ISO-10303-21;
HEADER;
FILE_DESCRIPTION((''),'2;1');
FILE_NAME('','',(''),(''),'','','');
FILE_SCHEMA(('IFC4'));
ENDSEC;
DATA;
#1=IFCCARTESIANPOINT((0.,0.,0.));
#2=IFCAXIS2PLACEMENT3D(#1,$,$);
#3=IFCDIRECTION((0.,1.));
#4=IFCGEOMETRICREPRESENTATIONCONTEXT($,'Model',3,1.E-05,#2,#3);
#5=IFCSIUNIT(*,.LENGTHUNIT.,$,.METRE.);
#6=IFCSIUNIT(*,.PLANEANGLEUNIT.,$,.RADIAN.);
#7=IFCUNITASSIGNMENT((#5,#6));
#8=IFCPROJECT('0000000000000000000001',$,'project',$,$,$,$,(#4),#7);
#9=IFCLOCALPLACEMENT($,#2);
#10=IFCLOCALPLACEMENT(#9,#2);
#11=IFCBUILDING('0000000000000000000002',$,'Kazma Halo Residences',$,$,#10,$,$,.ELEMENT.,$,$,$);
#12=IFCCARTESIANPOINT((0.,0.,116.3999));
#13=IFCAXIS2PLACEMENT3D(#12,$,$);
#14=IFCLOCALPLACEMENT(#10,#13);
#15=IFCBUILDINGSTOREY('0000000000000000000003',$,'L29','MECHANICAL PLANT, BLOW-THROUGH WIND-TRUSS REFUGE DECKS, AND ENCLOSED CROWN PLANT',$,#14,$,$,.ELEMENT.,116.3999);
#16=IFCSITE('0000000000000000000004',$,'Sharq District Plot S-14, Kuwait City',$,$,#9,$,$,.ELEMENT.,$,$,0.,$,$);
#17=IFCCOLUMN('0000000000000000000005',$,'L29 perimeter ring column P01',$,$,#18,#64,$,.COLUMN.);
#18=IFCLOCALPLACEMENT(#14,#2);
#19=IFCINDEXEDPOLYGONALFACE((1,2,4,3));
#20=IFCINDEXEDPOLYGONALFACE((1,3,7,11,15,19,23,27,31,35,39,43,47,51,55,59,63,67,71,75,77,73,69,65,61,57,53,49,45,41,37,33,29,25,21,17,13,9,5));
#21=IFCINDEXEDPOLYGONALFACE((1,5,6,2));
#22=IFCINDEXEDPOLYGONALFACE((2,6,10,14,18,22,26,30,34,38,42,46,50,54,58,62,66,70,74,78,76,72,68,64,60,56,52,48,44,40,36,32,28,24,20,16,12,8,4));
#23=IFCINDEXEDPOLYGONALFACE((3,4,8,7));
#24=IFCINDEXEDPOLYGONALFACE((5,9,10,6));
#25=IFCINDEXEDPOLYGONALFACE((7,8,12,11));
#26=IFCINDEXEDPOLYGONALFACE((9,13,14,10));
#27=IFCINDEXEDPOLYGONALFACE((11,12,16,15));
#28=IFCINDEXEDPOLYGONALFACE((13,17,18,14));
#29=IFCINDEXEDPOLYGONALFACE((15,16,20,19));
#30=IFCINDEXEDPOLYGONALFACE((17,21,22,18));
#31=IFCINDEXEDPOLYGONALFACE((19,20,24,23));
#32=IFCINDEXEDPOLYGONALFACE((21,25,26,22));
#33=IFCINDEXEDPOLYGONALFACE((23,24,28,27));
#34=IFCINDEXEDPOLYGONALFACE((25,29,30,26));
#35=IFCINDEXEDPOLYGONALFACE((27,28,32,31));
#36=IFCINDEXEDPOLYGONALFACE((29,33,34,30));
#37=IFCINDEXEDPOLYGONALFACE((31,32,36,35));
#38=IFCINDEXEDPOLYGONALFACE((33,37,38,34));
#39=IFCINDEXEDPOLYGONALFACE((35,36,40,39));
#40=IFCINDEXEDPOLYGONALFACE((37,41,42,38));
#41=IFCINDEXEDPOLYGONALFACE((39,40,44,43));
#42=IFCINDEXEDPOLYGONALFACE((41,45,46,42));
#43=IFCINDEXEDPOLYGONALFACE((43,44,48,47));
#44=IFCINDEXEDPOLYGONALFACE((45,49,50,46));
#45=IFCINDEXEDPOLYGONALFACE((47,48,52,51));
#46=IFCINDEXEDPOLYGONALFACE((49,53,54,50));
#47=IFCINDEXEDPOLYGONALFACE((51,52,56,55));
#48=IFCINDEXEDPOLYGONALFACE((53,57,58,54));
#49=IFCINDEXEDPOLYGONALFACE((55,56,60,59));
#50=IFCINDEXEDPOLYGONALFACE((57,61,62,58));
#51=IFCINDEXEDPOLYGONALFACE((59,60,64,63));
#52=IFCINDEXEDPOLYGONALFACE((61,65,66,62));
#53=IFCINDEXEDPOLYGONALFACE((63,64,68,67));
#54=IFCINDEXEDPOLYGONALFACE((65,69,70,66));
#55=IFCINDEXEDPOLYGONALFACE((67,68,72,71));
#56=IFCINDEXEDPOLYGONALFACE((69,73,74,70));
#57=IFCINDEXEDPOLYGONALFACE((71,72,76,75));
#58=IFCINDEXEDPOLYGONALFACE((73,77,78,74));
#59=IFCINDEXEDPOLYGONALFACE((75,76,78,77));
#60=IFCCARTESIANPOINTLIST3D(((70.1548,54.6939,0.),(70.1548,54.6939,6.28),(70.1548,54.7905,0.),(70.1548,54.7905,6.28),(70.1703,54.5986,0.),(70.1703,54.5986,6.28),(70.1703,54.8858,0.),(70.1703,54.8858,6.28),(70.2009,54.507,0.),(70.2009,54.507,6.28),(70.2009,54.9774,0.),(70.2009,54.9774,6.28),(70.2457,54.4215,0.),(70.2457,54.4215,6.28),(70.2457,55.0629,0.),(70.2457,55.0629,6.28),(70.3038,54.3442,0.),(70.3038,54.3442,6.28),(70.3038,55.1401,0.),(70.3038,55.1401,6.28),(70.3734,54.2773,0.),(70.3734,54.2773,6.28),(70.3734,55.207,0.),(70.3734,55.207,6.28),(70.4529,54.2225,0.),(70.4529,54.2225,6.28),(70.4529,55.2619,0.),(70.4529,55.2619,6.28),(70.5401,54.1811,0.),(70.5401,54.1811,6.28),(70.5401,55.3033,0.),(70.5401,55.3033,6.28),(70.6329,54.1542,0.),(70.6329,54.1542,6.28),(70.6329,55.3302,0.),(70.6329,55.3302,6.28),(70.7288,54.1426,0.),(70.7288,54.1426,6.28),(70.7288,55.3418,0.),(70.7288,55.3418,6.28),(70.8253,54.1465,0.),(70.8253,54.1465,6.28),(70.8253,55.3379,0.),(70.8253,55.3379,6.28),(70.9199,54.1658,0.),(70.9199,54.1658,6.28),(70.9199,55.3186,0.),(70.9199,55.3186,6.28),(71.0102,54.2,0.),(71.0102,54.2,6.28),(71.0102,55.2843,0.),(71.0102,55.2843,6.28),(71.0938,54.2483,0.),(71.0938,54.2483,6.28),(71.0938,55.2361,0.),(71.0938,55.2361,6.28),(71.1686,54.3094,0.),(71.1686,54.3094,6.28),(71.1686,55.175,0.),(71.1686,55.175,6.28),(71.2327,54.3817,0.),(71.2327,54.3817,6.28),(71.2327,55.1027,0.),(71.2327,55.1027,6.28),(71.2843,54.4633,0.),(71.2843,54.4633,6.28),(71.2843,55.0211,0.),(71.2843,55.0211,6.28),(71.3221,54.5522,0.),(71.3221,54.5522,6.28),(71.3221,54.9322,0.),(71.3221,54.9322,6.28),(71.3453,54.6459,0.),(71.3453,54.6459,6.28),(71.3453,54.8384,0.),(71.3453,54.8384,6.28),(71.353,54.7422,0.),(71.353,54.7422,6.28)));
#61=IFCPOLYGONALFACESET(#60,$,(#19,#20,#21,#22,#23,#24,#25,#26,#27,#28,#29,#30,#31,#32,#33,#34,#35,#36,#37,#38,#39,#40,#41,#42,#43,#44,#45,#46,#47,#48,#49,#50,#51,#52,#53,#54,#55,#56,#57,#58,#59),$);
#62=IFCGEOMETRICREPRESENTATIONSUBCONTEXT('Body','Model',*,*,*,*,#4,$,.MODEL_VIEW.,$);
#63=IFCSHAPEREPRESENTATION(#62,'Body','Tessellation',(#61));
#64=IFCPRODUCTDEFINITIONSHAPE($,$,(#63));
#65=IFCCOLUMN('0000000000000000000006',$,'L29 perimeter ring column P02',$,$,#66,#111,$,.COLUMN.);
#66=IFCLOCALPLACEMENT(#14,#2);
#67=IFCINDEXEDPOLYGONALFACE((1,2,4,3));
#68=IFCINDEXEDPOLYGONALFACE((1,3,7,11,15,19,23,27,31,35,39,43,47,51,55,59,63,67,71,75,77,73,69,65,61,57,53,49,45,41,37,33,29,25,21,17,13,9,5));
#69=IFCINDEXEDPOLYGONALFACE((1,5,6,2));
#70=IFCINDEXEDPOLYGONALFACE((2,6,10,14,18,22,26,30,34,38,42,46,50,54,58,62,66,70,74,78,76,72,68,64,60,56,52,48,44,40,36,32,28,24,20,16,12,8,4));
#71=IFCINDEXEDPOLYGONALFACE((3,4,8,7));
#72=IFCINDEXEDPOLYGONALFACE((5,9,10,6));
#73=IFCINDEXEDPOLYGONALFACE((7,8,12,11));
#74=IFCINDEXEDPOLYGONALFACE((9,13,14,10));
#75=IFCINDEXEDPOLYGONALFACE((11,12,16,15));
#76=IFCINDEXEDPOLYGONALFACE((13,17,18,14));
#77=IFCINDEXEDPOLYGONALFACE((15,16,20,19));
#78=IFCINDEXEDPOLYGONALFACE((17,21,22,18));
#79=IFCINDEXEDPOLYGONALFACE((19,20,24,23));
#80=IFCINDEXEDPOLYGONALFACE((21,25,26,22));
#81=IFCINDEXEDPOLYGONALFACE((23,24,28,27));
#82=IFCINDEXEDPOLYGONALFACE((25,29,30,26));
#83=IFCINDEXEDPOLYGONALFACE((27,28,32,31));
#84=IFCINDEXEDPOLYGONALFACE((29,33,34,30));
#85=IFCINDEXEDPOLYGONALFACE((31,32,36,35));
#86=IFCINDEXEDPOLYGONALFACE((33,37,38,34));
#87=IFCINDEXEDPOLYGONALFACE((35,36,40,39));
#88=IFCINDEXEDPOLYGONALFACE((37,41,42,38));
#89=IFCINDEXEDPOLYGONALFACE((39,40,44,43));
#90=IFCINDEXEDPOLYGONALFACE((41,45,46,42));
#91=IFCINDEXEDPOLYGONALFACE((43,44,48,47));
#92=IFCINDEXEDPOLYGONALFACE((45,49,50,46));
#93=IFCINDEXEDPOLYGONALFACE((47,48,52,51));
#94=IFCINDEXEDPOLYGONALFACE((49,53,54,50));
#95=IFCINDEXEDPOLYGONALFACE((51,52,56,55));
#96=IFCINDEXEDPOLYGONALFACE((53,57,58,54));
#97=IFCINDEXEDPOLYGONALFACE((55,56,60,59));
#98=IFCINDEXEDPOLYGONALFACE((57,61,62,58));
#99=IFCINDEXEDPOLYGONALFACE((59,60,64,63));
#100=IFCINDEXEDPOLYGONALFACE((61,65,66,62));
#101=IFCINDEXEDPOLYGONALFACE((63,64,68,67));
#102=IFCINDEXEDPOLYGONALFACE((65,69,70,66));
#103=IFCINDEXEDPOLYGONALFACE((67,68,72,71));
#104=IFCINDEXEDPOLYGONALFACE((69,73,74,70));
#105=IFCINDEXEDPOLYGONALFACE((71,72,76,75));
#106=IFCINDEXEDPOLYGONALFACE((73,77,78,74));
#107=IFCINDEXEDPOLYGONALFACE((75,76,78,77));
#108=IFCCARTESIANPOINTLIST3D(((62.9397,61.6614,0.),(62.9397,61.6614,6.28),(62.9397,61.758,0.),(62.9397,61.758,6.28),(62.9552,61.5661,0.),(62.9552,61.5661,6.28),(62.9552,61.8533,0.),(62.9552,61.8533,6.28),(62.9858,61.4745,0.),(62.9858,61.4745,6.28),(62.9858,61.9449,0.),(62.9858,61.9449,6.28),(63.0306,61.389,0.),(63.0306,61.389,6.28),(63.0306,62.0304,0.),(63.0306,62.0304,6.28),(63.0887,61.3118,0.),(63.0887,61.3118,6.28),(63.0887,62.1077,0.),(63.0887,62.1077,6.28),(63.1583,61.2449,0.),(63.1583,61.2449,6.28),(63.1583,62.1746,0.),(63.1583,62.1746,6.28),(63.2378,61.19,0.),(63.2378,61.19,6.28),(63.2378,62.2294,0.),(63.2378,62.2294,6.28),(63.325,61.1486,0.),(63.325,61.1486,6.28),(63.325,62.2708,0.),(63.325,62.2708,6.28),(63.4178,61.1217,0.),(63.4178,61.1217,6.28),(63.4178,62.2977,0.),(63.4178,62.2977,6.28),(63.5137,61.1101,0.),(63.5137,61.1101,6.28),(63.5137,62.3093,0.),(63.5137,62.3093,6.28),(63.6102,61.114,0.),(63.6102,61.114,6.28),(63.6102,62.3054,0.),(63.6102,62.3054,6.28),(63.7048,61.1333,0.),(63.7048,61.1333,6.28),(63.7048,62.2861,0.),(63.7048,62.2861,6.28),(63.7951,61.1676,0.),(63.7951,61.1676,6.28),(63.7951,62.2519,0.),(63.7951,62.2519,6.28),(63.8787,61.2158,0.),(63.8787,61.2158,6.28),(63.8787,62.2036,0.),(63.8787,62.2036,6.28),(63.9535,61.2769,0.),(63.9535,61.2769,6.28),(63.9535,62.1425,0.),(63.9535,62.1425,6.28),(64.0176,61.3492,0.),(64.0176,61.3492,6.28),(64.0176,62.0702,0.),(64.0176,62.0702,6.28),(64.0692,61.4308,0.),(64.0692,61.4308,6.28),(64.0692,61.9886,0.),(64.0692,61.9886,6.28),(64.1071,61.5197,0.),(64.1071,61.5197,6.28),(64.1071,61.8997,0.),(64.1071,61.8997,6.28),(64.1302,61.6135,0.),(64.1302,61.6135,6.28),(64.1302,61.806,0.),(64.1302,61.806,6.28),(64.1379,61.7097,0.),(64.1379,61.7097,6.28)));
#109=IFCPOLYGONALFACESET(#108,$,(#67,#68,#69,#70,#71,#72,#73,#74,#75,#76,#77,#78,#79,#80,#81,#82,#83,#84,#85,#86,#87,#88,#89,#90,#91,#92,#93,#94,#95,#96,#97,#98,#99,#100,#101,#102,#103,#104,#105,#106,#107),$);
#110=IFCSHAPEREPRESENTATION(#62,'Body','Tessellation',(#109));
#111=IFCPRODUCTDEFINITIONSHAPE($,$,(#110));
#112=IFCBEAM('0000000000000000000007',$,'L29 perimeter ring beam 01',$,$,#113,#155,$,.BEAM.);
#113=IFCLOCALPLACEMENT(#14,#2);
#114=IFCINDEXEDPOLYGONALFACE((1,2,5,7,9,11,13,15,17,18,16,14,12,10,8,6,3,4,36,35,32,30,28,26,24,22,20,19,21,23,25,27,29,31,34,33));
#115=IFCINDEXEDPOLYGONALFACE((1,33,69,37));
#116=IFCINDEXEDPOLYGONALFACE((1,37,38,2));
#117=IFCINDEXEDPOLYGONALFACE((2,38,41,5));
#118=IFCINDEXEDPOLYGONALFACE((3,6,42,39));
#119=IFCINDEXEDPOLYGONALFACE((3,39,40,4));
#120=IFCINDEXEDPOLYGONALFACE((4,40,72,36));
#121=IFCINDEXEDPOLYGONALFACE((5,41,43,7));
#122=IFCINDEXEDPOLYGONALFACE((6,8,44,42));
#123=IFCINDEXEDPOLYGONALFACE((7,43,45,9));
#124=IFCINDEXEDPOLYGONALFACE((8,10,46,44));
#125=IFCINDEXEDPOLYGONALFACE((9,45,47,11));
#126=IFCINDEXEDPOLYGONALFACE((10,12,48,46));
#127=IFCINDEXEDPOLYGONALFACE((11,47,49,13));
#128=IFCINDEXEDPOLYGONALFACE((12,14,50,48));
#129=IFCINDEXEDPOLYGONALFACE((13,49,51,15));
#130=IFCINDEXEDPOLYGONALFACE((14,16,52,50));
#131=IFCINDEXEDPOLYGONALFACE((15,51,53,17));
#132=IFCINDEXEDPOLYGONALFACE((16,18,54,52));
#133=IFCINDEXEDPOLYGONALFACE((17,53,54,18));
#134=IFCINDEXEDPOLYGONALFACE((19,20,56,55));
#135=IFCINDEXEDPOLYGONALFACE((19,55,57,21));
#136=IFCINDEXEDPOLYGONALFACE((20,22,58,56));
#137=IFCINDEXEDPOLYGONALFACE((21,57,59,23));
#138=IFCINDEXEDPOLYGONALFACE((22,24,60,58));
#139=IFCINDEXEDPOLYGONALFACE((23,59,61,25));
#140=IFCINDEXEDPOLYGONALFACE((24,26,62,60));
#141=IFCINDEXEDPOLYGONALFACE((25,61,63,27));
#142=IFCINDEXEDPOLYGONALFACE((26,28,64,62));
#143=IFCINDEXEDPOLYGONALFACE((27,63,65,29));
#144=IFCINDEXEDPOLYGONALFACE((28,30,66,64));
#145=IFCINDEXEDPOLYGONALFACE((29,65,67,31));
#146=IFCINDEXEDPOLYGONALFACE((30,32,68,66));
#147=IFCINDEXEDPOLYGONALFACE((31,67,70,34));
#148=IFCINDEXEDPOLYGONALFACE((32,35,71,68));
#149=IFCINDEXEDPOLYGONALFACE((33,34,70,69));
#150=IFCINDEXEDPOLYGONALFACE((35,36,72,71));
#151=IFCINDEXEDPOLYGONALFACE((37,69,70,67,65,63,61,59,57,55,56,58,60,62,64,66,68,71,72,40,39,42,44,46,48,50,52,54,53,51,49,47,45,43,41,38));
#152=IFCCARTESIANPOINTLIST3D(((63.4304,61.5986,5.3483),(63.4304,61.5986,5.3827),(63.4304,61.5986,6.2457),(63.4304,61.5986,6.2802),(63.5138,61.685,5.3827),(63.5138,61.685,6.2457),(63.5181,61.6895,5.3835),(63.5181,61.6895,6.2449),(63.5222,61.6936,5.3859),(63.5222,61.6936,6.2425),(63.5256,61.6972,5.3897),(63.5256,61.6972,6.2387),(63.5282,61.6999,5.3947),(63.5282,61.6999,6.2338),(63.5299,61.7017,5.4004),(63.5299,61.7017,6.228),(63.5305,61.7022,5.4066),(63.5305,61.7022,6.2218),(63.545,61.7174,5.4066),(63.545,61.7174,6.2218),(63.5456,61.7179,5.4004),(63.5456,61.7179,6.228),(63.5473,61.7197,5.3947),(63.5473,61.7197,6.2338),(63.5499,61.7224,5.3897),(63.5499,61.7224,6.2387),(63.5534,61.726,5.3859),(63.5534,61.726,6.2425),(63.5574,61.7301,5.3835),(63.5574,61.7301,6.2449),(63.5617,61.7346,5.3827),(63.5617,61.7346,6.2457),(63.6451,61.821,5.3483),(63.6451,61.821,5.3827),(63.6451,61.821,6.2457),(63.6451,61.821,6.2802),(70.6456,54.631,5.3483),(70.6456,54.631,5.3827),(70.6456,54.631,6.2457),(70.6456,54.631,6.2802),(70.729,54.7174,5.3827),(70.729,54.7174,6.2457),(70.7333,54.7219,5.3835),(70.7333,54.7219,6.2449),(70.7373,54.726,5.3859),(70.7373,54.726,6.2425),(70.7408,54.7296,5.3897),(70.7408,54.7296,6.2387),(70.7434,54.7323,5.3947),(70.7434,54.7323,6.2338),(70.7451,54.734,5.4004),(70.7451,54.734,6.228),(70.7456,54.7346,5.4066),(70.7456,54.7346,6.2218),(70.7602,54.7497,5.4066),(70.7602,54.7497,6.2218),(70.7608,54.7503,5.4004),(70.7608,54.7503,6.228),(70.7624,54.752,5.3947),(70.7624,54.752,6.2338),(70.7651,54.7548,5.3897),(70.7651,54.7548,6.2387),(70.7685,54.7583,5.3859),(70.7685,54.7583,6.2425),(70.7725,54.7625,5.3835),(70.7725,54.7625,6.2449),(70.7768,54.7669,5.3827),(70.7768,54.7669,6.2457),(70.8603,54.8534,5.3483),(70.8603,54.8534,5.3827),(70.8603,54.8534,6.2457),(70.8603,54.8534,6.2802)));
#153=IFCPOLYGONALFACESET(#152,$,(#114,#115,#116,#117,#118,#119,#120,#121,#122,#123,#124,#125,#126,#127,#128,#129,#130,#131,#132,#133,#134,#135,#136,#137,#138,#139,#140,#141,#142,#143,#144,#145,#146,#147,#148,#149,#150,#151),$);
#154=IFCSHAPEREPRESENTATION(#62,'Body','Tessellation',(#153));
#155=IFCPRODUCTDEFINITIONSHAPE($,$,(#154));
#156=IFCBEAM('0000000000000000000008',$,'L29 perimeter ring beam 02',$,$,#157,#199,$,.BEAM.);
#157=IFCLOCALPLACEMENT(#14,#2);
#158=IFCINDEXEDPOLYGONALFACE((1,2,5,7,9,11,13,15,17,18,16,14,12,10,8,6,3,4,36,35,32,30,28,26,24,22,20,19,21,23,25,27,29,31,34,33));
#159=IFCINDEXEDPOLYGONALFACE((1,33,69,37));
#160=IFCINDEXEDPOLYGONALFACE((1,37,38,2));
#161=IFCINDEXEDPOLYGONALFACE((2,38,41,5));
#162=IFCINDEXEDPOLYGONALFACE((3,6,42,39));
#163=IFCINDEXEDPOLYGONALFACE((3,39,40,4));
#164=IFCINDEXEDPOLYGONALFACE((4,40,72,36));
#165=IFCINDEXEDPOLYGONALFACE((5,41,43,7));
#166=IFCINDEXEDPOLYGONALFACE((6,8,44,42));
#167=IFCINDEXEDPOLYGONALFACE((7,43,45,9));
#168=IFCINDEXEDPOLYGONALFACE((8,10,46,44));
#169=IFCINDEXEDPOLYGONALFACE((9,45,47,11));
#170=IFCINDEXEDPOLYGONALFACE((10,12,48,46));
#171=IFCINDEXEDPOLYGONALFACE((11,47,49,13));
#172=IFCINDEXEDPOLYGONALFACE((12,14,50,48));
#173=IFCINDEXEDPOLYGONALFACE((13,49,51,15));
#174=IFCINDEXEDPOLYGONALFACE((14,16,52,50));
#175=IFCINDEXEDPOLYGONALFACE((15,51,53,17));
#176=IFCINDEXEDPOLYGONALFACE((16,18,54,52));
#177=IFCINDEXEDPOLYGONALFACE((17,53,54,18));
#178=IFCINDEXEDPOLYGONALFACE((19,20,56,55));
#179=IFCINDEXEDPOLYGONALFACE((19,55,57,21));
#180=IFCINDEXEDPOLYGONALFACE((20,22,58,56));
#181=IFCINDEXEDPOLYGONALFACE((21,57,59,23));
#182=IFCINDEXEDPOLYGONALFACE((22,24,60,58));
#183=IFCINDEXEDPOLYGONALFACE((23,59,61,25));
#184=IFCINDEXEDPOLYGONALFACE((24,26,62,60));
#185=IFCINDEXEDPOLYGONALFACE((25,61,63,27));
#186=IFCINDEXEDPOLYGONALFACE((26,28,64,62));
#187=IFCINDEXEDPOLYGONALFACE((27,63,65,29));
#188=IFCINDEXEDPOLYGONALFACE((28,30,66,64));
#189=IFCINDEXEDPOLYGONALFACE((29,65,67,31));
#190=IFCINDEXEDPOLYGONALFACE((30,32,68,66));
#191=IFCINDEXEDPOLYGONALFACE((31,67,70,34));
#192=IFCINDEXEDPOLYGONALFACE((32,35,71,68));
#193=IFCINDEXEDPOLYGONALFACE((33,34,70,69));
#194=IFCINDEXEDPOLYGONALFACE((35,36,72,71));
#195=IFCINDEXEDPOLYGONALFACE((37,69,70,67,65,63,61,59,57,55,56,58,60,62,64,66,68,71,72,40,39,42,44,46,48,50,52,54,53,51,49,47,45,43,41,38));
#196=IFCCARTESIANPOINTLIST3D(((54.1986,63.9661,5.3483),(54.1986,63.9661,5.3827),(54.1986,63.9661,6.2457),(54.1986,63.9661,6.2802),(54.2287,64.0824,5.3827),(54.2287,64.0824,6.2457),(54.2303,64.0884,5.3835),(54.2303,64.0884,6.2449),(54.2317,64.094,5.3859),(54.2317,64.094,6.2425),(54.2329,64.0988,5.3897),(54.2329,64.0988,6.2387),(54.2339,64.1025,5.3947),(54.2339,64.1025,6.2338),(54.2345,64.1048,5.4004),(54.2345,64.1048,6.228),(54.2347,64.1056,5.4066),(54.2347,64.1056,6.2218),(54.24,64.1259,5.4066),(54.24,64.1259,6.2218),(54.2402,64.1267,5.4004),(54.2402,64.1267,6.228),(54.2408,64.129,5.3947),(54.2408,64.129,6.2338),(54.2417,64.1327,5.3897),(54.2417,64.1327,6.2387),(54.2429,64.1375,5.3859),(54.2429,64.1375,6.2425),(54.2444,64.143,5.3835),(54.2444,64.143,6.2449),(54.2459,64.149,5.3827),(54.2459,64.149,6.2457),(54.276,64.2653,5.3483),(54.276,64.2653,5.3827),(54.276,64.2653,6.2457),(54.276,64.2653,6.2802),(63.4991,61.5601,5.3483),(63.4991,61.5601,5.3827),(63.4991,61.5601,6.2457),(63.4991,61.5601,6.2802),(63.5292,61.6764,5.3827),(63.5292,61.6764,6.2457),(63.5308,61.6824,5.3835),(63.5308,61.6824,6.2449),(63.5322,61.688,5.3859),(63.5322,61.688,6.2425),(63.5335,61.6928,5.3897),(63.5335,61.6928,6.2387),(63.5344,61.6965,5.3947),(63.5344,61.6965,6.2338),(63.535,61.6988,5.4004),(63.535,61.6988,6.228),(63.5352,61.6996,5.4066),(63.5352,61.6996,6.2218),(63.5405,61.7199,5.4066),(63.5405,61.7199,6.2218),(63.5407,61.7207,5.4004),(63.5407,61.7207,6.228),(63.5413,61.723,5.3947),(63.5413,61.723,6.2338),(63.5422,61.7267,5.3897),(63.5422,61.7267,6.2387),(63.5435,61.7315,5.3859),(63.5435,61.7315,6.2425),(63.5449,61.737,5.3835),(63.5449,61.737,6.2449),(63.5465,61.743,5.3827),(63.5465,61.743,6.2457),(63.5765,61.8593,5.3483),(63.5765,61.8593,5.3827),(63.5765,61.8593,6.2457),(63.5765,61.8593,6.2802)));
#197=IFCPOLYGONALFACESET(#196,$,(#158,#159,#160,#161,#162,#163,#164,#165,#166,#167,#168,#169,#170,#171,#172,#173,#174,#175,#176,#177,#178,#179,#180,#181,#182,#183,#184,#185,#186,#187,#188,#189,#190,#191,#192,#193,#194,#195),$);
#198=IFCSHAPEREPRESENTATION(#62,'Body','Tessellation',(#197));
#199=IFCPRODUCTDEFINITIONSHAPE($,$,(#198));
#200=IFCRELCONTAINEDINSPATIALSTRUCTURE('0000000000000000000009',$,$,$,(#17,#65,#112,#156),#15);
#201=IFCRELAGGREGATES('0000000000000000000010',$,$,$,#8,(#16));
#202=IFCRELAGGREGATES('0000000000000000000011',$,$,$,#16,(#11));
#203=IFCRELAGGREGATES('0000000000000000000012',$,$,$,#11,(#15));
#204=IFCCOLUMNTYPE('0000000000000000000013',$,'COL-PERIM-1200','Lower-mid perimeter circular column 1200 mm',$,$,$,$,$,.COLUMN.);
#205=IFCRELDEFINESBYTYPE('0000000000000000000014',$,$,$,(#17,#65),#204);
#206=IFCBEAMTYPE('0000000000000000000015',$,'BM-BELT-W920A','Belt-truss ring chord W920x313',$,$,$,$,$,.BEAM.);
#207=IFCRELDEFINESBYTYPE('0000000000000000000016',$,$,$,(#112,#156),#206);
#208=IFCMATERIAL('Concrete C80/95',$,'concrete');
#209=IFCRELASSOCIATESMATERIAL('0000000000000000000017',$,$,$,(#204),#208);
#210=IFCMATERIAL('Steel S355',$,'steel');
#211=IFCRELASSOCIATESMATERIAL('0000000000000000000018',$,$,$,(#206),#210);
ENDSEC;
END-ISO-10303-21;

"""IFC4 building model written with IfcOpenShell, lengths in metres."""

from ifc_helpers import new_model, si_unit, direction, frame, origin, origin_2d, place, context, subcontext, project, spatial, circle, i_section, extrude, material, material_profile, profile_set, type_object, element, save


model = new_model("IFC4")

# Units and contexts
model_context = context("Model", 3, precision=1e-05, world=origin(), true_north=direction((0.0, 1.0)))
body_context = subcontext(model_context, "Body", "Model", "MODEL_VIEW")
ifc_project = project(units=[si_unit("LENGTHUNIT", "METRE"), si_unit("PLANEANGLEUNIT", "RADIAN")], contexts=[model_context])

# Site, building, storey
site_placement = place(None, origin())
site = spatial("IfcSite", under=ifc_project, at=site_placement, Name="Sharq District Plot S-14, Kuwait City", CompositionType="ELEMENT", RefElevation=0.0)
building_placement = place(site_placement, origin())
building = spatial("IfcBuilding", under=site, at=building_placement, Name="Kazma Halo Residences", CompositionType="ELEMENT")
storey_placement = place(building_placement, frame((0.0, 0.0, 116.3999)))
storey = spatial("IfcBuildingStorey", under=building, at=storey_placement, Name="L29", Description="MECHANICAL PLANT, BLOW-THROUGH WIND-TRUSS REFUGE DECKS, AND ENCLOSED CROWN PLANT", CompositionType="ELEMENT", Elevation=116.3999)

# Columns
ifc_material_1 = material(Name="Concrete C80/95", Category="concrete")
ifc_material_profile_1 = material_profile(ifc_material_1, circle(Radius=0.6001, at=origin_2d()), Name="CIRC1200")
ifc_profile_set_1 = profile_set([ifc_material_profile_1], Name="Concrete C80/95")
column_type = type_object("IfcColumnType", Name="COL-PERIM-1200", Description="Lower-mid perimeter circular column 1200 mm", PredefinedType="COLUMN", material=ifc_profile_set_1)
for number, where, z_axis, x_axis, name in (
    (1, (70.7529, 54.7422, 0.0), (0.0, 0.0, 1.0), (1.0, 0.0, 0.0), "L29 perimeter ring column P01"),
    (2, (63.5378, 61.7097, 0.0), (0.0, 0.0, 1.0), (1.0, 0.0, 0.0), "L29 perimeter ring column P02"),
):
    element("IfcColumn", number, at=place(storey_placement, frame(where, z_axis=z_axis, x_axis=x_axis)), inside=storey, type_object=column_type, Name=name, PredefinedType="COLUMN", context=body_context, shape_type="SweptSolid", body=[
        extrude(circle(Radius=0.6001, at=origin_2d()), origin(), (0.0, 0.0, 1.0), 6.28),
    ])

# Beams
ifc_material_2 = material(Name="Steel S355", Category="steel")
ifc_material_profile_2 = material_profile(ifc_material_2, i_section(OverallWidth=0.3091, OverallDepth=0.9319, WebThickness=0.021, FlangeThickness=0.0344, FilletRadius=0.0239, at=origin_2d()), Name="W920x313")
ifc_profile_set_2 = profile_set([ifc_material_profile_2], Name="Steel S355")
beam_type_1 = type_object("IfcBeamType", Name="BM-BELT-W920A", Description="Belt-truss ring chord W920x313", PredefinedType="BEAM", material=ifc_profile_set_2)
beam_1_placement = place(storey_placement, frame((70.7529, 54.7422, 5.8142), z_axis=(-0.71934, 0.694658, 0.0), x_axis=(-0.694658, -0.71934, 0.0)))
element("IfcBeam", 3, at=beam_1_placement, inside=storey, type_object=beam_type_1, Name="L29 perimeter ring beam 01", PredefinedType="BEAM", context=body_context, shape_type="SweptSolid", body=[
    extrude(i_section(OverallWidth=0.3091, OverallDepth=0.9319, WebThickness=0.021, FlangeThickness=0.0344, FilletRadius=0.0239, at=origin_2d()), origin(), (0.0, 0.0, 1.0), 10.0303),
])
beam_2_placement = place(storey_placement, frame((63.5378, 61.7097, 5.8142), z_axis=(-0.968129, 0.250451, 0.0), x_axis=(-0.250451, -0.968129, 0.0)))
element("IfcBeam", 4, at=beam_2_placement, inside=storey, type_object=beam_type_1, Name="L29 perimeter ring beam 02", PredefinedType="BEAM", context=body_context, shape_type="SweptSolid", body=[
    extrude(i_section(OverallWidth=0.3091, OverallDepth=0.9319, WebThickness=0.021, FlangeThickness=0.0344, FilletRadius=0.0239, at=origin_2d()), origin(), (0.0, 0.0, 1.0), 9.6067),
])

save(model, "model.ifc")
